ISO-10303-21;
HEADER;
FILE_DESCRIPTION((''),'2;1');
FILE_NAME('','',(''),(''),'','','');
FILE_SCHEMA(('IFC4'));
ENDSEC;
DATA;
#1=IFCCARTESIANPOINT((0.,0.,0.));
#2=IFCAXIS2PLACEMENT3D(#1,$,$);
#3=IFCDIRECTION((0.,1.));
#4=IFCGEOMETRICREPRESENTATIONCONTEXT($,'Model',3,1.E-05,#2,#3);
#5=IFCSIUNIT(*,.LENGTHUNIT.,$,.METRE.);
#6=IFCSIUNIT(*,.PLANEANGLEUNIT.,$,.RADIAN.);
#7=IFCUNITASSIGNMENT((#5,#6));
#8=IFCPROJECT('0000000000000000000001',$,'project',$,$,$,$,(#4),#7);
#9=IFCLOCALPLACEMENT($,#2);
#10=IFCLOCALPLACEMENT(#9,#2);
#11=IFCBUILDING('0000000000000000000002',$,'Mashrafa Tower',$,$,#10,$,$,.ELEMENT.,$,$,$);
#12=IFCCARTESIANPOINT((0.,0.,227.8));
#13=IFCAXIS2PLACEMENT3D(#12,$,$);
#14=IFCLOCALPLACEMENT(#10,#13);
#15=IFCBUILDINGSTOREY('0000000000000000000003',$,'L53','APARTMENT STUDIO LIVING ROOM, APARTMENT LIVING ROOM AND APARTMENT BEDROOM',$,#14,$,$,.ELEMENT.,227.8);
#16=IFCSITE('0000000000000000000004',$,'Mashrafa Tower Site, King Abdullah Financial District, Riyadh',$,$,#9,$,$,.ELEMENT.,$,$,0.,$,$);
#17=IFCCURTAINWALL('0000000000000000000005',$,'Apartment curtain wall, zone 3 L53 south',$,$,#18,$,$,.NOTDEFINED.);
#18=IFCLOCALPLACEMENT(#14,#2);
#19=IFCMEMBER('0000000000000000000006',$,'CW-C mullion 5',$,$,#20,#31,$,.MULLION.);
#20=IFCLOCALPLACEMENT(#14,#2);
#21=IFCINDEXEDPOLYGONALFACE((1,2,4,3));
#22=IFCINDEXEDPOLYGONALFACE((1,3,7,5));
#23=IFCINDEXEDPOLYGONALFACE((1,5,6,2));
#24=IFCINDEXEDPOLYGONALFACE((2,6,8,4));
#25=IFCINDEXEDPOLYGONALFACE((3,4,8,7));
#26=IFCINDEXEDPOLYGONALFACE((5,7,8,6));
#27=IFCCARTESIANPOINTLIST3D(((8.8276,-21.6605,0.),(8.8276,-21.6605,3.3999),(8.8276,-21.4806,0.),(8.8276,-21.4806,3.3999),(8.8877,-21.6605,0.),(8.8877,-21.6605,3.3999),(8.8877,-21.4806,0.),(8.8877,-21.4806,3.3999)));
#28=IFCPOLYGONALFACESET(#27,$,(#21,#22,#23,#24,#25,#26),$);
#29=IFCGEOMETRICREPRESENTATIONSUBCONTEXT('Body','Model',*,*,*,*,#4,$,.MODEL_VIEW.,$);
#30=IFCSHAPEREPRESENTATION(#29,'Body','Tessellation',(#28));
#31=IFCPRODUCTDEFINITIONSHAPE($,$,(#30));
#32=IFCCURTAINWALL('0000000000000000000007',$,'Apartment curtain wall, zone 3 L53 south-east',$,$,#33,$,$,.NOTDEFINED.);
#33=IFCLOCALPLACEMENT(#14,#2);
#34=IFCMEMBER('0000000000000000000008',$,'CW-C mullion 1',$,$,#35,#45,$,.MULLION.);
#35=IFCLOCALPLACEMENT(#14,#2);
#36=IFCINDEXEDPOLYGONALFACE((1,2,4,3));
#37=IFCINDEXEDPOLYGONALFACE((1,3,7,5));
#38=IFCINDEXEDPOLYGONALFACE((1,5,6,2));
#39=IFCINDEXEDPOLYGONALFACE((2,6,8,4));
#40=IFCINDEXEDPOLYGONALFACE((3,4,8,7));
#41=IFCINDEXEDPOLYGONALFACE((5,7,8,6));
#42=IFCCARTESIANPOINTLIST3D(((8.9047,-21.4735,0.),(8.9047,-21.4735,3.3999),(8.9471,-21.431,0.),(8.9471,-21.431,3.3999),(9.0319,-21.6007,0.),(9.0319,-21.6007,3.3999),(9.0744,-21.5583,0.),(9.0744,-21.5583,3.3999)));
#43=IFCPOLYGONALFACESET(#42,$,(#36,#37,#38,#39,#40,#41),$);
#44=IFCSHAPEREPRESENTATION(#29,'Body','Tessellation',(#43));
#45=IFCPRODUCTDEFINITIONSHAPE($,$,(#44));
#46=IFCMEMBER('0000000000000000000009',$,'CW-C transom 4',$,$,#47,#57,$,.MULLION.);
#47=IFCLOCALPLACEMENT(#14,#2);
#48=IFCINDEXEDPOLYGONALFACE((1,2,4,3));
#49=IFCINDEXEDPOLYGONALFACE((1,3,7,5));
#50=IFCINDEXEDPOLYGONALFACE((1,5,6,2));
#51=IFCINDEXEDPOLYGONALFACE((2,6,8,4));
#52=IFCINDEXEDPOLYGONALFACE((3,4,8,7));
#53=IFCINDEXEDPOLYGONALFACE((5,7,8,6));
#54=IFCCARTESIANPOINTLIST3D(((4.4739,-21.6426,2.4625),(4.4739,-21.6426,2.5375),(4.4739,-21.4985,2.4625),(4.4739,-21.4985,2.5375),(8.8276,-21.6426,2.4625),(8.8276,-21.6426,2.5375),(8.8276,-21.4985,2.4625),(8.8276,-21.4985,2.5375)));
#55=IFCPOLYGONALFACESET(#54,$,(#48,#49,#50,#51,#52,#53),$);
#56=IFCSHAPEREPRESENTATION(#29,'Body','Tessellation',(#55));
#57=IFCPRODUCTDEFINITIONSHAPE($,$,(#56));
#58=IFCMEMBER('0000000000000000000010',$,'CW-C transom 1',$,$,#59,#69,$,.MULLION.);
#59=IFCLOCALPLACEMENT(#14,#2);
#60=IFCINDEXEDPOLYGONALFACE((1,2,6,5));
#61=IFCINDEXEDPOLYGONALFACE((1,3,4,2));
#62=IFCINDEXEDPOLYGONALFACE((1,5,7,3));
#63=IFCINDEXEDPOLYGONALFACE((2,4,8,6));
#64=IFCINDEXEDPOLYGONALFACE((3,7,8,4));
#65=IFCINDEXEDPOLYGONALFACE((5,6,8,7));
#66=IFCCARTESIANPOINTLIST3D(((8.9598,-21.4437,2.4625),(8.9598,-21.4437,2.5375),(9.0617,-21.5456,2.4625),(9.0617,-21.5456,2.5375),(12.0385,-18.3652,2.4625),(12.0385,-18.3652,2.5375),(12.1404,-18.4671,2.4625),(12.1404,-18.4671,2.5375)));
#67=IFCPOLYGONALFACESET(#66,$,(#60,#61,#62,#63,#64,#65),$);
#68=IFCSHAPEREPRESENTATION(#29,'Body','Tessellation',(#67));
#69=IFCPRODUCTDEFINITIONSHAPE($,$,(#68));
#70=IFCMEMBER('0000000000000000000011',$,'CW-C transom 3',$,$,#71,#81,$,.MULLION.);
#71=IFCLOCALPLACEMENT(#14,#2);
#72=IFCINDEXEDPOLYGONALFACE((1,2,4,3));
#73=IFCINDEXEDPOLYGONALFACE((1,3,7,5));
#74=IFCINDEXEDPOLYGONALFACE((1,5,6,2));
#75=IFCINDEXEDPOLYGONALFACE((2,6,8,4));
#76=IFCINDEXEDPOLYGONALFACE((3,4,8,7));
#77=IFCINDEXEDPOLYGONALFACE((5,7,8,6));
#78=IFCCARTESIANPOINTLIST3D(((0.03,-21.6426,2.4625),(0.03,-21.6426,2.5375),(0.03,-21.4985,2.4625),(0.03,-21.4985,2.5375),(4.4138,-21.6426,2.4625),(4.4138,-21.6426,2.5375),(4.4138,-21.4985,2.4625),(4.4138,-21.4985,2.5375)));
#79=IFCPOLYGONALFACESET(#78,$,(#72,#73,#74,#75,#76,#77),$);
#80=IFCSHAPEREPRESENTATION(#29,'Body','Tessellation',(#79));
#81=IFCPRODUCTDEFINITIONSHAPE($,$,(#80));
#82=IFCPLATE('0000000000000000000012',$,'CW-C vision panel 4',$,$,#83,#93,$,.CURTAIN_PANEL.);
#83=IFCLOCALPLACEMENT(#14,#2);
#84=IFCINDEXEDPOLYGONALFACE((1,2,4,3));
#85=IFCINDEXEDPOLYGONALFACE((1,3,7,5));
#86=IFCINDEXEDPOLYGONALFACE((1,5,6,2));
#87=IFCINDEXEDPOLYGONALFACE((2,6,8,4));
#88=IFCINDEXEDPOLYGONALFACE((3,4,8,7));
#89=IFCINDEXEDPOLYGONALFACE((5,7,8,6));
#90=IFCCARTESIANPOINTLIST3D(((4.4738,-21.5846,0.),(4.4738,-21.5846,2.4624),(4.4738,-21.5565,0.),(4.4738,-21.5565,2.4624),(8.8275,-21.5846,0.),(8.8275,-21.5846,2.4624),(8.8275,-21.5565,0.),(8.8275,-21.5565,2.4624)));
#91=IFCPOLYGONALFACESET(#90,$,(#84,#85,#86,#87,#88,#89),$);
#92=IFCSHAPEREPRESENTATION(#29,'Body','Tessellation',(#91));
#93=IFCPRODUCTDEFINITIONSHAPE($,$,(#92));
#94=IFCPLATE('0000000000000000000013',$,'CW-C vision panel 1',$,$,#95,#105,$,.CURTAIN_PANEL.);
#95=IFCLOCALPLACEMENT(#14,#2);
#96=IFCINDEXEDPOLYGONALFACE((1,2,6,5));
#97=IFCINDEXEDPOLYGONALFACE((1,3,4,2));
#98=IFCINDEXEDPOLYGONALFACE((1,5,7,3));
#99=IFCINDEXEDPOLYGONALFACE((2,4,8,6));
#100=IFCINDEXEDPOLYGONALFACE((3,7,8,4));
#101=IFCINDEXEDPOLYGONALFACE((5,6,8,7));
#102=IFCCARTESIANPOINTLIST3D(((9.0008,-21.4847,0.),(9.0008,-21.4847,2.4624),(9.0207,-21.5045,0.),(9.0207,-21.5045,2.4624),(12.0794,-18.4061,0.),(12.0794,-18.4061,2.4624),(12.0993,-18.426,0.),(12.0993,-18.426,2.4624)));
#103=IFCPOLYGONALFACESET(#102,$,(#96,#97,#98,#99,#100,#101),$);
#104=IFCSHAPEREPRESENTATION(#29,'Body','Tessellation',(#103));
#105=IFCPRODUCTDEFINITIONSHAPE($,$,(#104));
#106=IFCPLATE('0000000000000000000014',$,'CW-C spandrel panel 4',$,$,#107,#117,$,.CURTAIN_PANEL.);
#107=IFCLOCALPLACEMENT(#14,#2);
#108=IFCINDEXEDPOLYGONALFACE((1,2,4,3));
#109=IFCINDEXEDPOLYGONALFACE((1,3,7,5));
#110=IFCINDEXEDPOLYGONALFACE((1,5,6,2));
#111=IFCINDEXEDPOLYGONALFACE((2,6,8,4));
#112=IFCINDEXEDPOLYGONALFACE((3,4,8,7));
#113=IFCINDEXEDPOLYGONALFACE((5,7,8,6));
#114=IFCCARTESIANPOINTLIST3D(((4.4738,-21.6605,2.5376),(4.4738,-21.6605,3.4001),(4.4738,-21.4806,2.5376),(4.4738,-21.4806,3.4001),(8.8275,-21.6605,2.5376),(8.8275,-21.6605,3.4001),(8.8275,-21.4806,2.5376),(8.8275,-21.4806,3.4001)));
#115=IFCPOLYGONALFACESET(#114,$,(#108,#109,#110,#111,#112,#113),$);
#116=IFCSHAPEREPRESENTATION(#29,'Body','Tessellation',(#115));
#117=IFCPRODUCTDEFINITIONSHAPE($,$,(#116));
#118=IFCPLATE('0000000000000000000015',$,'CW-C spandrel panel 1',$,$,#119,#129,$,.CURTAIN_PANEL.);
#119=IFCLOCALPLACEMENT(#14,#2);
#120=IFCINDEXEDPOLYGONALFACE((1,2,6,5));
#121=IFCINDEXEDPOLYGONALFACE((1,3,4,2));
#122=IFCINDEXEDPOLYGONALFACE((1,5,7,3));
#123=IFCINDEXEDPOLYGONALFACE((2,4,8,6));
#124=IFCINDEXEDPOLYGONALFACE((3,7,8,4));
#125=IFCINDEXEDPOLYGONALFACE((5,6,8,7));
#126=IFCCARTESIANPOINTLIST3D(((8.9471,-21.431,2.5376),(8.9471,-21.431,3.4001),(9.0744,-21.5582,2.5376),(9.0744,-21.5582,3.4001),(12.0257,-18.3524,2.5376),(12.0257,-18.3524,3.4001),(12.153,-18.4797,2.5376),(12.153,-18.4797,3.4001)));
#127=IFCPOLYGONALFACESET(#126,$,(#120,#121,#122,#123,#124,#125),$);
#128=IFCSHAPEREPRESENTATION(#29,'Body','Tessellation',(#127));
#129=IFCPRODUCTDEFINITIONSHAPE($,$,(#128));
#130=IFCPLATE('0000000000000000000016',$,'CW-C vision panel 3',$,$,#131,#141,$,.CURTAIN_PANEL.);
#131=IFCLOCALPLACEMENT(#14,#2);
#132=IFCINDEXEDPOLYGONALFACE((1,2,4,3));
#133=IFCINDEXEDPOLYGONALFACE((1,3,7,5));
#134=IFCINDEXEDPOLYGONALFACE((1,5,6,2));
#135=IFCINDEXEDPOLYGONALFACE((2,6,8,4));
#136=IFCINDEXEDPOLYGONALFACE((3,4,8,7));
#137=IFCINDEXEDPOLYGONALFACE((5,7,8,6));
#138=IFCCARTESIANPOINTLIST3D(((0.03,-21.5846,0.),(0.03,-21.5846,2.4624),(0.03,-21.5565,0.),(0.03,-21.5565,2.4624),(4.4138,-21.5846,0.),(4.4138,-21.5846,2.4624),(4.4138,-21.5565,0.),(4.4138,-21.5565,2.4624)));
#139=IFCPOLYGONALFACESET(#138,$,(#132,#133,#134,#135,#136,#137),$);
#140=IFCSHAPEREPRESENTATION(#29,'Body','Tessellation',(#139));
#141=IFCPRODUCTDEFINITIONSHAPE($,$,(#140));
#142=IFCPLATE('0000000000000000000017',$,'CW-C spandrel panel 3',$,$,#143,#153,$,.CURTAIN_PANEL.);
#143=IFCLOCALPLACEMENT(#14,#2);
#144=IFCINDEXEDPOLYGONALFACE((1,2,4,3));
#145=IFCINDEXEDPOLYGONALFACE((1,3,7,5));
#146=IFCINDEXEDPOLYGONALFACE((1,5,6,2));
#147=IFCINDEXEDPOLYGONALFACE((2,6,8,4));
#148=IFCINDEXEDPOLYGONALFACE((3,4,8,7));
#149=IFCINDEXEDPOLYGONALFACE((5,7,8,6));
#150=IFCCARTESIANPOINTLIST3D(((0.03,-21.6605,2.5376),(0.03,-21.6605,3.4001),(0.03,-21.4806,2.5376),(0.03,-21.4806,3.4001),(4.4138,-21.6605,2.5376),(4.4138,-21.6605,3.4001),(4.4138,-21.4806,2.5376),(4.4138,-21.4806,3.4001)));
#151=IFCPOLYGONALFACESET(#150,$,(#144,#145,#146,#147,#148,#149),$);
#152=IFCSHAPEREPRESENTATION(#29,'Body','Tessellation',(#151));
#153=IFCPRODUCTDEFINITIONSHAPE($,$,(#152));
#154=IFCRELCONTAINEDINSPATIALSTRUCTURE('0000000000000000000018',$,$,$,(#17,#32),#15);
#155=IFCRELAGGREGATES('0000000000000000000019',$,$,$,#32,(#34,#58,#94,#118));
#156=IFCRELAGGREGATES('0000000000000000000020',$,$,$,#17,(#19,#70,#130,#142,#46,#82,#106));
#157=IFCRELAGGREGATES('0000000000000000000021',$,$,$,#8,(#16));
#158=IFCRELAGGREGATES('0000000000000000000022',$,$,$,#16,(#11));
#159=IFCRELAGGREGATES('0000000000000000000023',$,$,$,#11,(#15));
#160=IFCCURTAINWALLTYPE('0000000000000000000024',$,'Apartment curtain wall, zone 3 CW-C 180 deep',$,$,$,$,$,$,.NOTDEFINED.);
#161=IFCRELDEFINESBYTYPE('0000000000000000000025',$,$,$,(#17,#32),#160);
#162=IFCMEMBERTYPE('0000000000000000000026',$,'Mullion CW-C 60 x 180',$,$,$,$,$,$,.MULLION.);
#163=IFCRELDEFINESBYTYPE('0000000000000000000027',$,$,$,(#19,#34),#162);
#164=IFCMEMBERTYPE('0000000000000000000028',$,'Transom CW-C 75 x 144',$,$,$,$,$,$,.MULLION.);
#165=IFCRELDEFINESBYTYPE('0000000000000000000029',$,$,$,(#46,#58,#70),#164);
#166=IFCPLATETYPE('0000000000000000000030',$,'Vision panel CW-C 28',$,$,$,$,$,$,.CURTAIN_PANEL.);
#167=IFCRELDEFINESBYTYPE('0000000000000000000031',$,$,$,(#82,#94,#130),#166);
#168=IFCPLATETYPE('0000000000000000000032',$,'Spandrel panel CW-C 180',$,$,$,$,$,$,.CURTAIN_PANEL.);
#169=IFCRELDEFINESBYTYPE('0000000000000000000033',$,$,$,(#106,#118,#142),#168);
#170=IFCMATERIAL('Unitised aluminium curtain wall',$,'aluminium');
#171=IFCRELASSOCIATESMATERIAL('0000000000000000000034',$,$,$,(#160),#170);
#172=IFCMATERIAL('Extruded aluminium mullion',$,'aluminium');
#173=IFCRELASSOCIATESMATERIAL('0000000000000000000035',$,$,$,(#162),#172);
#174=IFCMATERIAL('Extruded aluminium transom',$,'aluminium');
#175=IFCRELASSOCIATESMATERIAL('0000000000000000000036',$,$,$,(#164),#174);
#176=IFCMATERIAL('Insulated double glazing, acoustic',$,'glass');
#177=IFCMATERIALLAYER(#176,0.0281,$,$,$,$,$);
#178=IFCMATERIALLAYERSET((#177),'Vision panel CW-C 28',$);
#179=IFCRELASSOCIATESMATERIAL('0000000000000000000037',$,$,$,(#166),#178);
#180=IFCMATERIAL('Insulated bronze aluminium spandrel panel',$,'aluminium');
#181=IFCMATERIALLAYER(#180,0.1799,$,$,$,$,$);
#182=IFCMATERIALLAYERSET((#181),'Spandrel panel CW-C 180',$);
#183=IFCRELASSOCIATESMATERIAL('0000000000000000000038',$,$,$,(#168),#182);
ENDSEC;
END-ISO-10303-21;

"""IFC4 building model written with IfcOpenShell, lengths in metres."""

from ifc_helpers import new_model, si_unit, direction, frame, origin, origin_2d, place, context, subcontext, project, spatial, rectangle, extrude, source, transform, mapped, material, layer, layer_set, material_profile, profile_set, type_object, type_shapes, element, aggregate, save


model = new_model("IFC4")

# Units and contexts
model_context = context("Model", 3, precision=1e-05, world=origin(), true_north=direction((0.0, 1.0)))
body_context = subcontext(model_context, "Body", "Model", "MODEL_VIEW")
ifc_project = project(units=[si_unit("LENGTHUNIT", "METRE"), si_unit("PLANEANGLEUNIT", "RADIAN")], contexts=[model_context])

# Site, building, storey
site_placement = place(None, origin())
site = spatial("IfcSite", under=ifc_project, at=site_placement, Name="Mashrafa Tower Site, King Abdullah Financial District, Riyadh", CompositionType="ELEMENT", RefElevation=0.0)
building_placement = place(site_placement, origin())
building = spatial("IfcBuilding", under=site, at=building_placement, Name="Mashrafa Tower", CompositionType="ELEMENT")
storey_placement = place(building_placement, frame((0.0, 0.0, 227.8)))
storey = spatial("IfcBuildingStorey", under=building, at=storey_placement, Name="L53", Description="APARTMENT STUDIO LIVING ROOM, APARTMENT LIVING ROOM AND APARTMENT BEDROOM", CompositionType="ELEMENT", Elevation=227.8)

# Curtain wall, member
ifc_material_1 = material(Name="Unitised aluminium curtain wall", Category="aluminium")
curtain_wall_type = type_object("IfcCurtainWallType", Name="Apartment curtain wall, zone 3 CW-C 180 deep", PredefinedType="NOTDEFINED", material=ifc_material_1)
curtain_wall_1_placement = place(storey_placement, origin())
curtain_wall_1 = element("IfcCurtainWall", 1, at=curtain_wall_1_placement, inside=storey, type_object=curtain_wall_type, Name="Apartment curtain wall, zone 3 L53 south", PredefinedType="NOTDEFINED")
ifc_material_2 = material(Name="Extruded aluminium mullion", Category="aluminium")
ifc_material_profile_1 = material_profile(ifc_material_2, rectangle(XDim=0.1799, YDim=0.0601, at=origin_2d()), Name="Mullion 60x180")
ifc_profile_set_1 = profile_set([ifc_material_profile_1], Name="Extruded aluminium mullion")
member_type_1 = type_object("IfcMemberType", Name="Mullion CW-C 60 x 180", PredefinedType="MULLION", material=ifc_profile_set_1)
shared_shape_1 = source(origin(), body_context, "Body", "SweptSolid", [
    extrude(rectangle(XDim=0.1799, YDim=0.0601, at=origin_2d()), origin(), (0.0, 0.0, 1.0), 3.3999),
])
type_shapes(member_type_1, [shared_shape_1])
member_1_placement = place(storey_placement, frame((8.8577, -21.5706, 0.0), z_axis=(0.0, 0.0, 1.0), x_axis=(0.0, 1.0, 0.0)))
member_1 = element("IfcMember", 2, at=member_1_placement, type_object=member_type_1, Name="CW-C mullion 5", PredefinedType="MULLION", context=body_context, shape_type="MappedRepresentation", body=[
    mapped(shared_shape_1, transform((0.0, 0.0, 0.0))),
])

# Curtain wall, member
curtain_wall_2_placement = place(storey_placement, origin())
curtain_wall_2 = element("IfcCurtainWall", 3, at=curtain_wall_2_placement, inside=storey, type_object=curtain_wall_type, Name="Apartment curtain wall, zone 3 L53 south-east", PredefinedType="NOTDEFINED")
member_2_placement = place(storey_placement, frame((8.9895, -21.5159, 0.0), z_axis=(0.0, 0.0, 1.0), x_axis=(-0.707107, 0.707107, 0.0)))
member_2 = element("IfcMember", 4, at=member_2_placement, type_object=member_type_1, Name="CW-C mullion 1", PredefinedType="MULLION", context=body_context, shape_type="MappedRepresentation", body=[
    mapped(shared_shape_1, transform((0.0, 0.0, 0.0))),
])

# Members
ifc_material_3 = material(Name="Extruded aluminium transom", Category="aluminium")
ifc_material_profile_2 = material_profile(ifc_material_3, rectangle(XDim=0.144, YDim=0.075, at=origin_2d()), Name="Transom 75x144")
ifc_profile_set_2 = profile_set([ifc_material_profile_2], Name="Extruded aluminium transom")
member_type_2 = type_object("IfcMemberType", Name="Transom CW-C 75 x 144", PredefinedType="MULLION", material=ifc_profile_set_2)
shared_shape_2 = source(origin(), body_context, "Body", "SweptSolid", [
    extrude(rectangle(XDim=0.144, YDim=0.075, at=origin_2d()), origin(), (0.0, 0.0, 1.0), 4.3538),
])
member_3_placement = place(storey_placement, frame((4.4739, -21.5706, 2.5), z_axis=(1.0, 0.0, 0.0), x_axis=(0.0, 1.0, 0.0)))
member_3 = element("IfcMember", 5, at=member_3_placement, type_object=member_type_2, Name="CW-C transom 4", PredefinedType="MULLION", context=body_context, shape_type="MappedRepresentation", body=[
    mapped(shared_shape_2, transform((0.0, 0.0, 0.0))),
])
member_4_placement = place(storey_placement, frame((9.0107, -21.4946, 2.5), z_axis=(0.707135, 0.707079, 0.0), x_axis=(-0.707079, 0.707135, 0.0)))
member_4 = element("IfcMember", 6, at=member_4_placement, type_object=member_type_2, Name="CW-C transom 1", PredefinedType="MULLION", context=body_context, shape_type="MappedRepresentation", body=[
    mapped(shared_shape_2, transform((0.0, 0.0, 0.0))),
])
shared_shape_3 = source(origin(), body_context, "Body", "SweptSolid", [
    extrude(rectangle(XDim=0.144, YDim=0.075, at=origin_2d()), origin(), (0.0, 0.0, 1.0), 4.3838),
])
type_shapes(member_type_2, [shared_shape_2, shared_shape_3])
member_5_placement = place(storey_placement, frame((0.03, -21.5706, 2.5), z_axis=(1.0, 0.0, 0.0), x_axis=(0.0, 1.0, 0.0)))
member_5 = element("IfcMember", 7, at=member_5_placement, type_object=member_type_2, Name="CW-C transom 3", PredefinedType="MULLION", context=body_context, shape_type="MappedRepresentation", body=[
    mapped(shared_shape_3, transform((0.0, 0.0, 0.0))),
])

# Plates
ifc_material_4 = material(Name="Insulated double glazing, acoustic", Category="glass")
ifc_layer_1 = layer(ifc_material_4, 0.0281)
ifc_layer_set_1 = layer_set([ifc_layer_1], Name="Vision panel CW-C 28")
plate_type_1 = type_object("IfcPlateType", Name="Vision panel CW-C 28", PredefinedType="CURTAIN_PANEL", material=ifc_layer_set_1)
shared_shape_4 = source(origin(), body_context, "Body", "SweptSolid", [
    extrude(rectangle(XDim=4.3538, YDim=0.0281, at=origin_2d()), origin(), (0.0, 0.0, 1.0), 2.4624),
])
plate_1_placement = place(storey_placement, frame((6.6506, -21.5706, 0.0), z_axis=(0.0, 0.0, 1.0), x_axis=(1.0, 0.0, 0.0)))
plate_1 = element("IfcPlate", 8, at=plate_1_placement, type_object=plate_type_1, Name="CW-C vision panel 4", PredefinedType="CURTAIN_PANEL", context=body_context, shape_type="MappedRepresentation", body=[
    mapped(shared_shape_4, transform((0.0, 0.0, 0.0))),
])
plate_2_placement = place(storey_placement, frame((10.55, -19.9553, 0.0), z_axis=(0.0, 0.0, 1.0), x_axis=(0.707107, 0.707107, 0.0)))
plate_2 = element("IfcPlate", 9, at=plate_2_placement, type_object=plate_type_1, Name="CW-C vision panel 1", PredefinedType="CURTAIN_PANEL", context=body_context, shape_type="MappedRepresentation", body=[
    mapped(shared_shape_4, transform((0.0, 0.0, 0.0))),
])
ifc_material_5 = material(Name="Insulated bronze aluminium spandrel panel", Category="aluminium")
ifc_layer_2 = layer(ifc_material_5, 0.1799)
ifc_layer_set_2 = layer_set([ifc_layer_2], Name="Spandrel panel CW-C 180")
plate_type_2 = type_object("IfcPlateType", Name="Spandrel panel CW-C 180", PredefinedType="CURTAIN_PANEL", material=ifc_layer_set_2)
shared_shape_5 = source(origin(), body_context, "Body", "SweptSolid", [
    extrude(rectangle(XDim=4.3538, YDim=0.1799, at=origin_2d()), origin(), (0.0, 0.0, 1.0), 0.8625),
])
plate_3_placement = place(storey_placement, frame((6.6506, -21.5706, 2.5376), z_axis=(0.0, 0.0, 1.0), x_axis=(1.0, 0.0, 0.0)))
plate_3 = element("IfcPlate", 10, at=plate_3_placement, type_object=plate_type_2, Name="CW-C spandrel panel 4", PredefinedType="CURTAIN_PANEL", context=body_context, shape_type="MappedRepresentation", body=[
    mapped(shared_shape_5, transform((0.0, 0.0, 0.0))),
])
plate_4_placement = place(storey_placement, frame((10.55, -19.9553, 2.5376), z_axis=(0.0, 0.0, 1.0), x_axis=(0.707107, 0.707107, 0.0)))
plate_4 = element("IfcPlate", 11, at=plate_4_placement, type_object=plate_type_2, Name="CW-C spandrel panel 1", PredefinedType="CURTAIN_PANEL", context=body_context, shape_type="MappedRepresentation", body=[
    mapped(shared_shape_5, transform((0.0, 0.0, 0.0))),
])
aggregate(curtain_wall_2, [member_2, member_4, plate_2, plate_4])
shared_shape_6 = source(origin(), body_context, "Body", "SweptSolid", [
    extrude(rectangle(XDim=4.3838, YDim=0.0281, at=origin_2d()), origin(), (0.0, 0.0, 1.0), 2.4624),
])
type_shapes(plate_type_1, [shared_shape_4, shared_shape_6])
plate_5_placement = place(storey_placement, frame((2.2219, -21.5706, 0.0), z_axis=(0.0, 0.0, 1.0), x_axis=(1.0, 0.0, 0.0)))
plate_5 = element("IfcPlate", 12, at=plate_5_placement, type_object=plate_type_1, Name="CW-C vision panel 3", PredefinedType="CURTAIN_PANEL", context=body_context, shape_type="MappedRepresentation", body=[
    mapped(shared_shape_6, transform((0.0, 0.0, 0.0))),
])
shared_shape_7 = source(origin(), body_context, "Body", "SweptSolid", [
    extrude(rectangle(XDim=4.3838, YDim=0.1799, at=origin_2d()), origin(), (0.0, 0.0, 1.0), 0.8625),
])
type_shapes(plate_type_2, [shared_shape_5, shared_shape_7])
plate_6_placement = place(storey_placement, frame((2.2219, -21.5706, 2.5376), z_axis=(0.0, 0.0, 1.0), x_axis=(1.0, 0.0, 0.0)))
plate_6 = element("IfcPlate", 13, at=plate_6_placement, type_object=plate_type_2, Name="CW-C spandrel panel 3", PredefinedType="CURTAIN_PANEL", context=body_context, shape_type="MappedRepresentation", body=[
    mapped(shared_shape_7, transform((0.0, 0.0, 0.0))),
])
aggregate(curtain_wall_1, [member_1, member_5, plate_5, plate_6, member_3, plate_1, plate_3])

save(model, "model.ifc")
